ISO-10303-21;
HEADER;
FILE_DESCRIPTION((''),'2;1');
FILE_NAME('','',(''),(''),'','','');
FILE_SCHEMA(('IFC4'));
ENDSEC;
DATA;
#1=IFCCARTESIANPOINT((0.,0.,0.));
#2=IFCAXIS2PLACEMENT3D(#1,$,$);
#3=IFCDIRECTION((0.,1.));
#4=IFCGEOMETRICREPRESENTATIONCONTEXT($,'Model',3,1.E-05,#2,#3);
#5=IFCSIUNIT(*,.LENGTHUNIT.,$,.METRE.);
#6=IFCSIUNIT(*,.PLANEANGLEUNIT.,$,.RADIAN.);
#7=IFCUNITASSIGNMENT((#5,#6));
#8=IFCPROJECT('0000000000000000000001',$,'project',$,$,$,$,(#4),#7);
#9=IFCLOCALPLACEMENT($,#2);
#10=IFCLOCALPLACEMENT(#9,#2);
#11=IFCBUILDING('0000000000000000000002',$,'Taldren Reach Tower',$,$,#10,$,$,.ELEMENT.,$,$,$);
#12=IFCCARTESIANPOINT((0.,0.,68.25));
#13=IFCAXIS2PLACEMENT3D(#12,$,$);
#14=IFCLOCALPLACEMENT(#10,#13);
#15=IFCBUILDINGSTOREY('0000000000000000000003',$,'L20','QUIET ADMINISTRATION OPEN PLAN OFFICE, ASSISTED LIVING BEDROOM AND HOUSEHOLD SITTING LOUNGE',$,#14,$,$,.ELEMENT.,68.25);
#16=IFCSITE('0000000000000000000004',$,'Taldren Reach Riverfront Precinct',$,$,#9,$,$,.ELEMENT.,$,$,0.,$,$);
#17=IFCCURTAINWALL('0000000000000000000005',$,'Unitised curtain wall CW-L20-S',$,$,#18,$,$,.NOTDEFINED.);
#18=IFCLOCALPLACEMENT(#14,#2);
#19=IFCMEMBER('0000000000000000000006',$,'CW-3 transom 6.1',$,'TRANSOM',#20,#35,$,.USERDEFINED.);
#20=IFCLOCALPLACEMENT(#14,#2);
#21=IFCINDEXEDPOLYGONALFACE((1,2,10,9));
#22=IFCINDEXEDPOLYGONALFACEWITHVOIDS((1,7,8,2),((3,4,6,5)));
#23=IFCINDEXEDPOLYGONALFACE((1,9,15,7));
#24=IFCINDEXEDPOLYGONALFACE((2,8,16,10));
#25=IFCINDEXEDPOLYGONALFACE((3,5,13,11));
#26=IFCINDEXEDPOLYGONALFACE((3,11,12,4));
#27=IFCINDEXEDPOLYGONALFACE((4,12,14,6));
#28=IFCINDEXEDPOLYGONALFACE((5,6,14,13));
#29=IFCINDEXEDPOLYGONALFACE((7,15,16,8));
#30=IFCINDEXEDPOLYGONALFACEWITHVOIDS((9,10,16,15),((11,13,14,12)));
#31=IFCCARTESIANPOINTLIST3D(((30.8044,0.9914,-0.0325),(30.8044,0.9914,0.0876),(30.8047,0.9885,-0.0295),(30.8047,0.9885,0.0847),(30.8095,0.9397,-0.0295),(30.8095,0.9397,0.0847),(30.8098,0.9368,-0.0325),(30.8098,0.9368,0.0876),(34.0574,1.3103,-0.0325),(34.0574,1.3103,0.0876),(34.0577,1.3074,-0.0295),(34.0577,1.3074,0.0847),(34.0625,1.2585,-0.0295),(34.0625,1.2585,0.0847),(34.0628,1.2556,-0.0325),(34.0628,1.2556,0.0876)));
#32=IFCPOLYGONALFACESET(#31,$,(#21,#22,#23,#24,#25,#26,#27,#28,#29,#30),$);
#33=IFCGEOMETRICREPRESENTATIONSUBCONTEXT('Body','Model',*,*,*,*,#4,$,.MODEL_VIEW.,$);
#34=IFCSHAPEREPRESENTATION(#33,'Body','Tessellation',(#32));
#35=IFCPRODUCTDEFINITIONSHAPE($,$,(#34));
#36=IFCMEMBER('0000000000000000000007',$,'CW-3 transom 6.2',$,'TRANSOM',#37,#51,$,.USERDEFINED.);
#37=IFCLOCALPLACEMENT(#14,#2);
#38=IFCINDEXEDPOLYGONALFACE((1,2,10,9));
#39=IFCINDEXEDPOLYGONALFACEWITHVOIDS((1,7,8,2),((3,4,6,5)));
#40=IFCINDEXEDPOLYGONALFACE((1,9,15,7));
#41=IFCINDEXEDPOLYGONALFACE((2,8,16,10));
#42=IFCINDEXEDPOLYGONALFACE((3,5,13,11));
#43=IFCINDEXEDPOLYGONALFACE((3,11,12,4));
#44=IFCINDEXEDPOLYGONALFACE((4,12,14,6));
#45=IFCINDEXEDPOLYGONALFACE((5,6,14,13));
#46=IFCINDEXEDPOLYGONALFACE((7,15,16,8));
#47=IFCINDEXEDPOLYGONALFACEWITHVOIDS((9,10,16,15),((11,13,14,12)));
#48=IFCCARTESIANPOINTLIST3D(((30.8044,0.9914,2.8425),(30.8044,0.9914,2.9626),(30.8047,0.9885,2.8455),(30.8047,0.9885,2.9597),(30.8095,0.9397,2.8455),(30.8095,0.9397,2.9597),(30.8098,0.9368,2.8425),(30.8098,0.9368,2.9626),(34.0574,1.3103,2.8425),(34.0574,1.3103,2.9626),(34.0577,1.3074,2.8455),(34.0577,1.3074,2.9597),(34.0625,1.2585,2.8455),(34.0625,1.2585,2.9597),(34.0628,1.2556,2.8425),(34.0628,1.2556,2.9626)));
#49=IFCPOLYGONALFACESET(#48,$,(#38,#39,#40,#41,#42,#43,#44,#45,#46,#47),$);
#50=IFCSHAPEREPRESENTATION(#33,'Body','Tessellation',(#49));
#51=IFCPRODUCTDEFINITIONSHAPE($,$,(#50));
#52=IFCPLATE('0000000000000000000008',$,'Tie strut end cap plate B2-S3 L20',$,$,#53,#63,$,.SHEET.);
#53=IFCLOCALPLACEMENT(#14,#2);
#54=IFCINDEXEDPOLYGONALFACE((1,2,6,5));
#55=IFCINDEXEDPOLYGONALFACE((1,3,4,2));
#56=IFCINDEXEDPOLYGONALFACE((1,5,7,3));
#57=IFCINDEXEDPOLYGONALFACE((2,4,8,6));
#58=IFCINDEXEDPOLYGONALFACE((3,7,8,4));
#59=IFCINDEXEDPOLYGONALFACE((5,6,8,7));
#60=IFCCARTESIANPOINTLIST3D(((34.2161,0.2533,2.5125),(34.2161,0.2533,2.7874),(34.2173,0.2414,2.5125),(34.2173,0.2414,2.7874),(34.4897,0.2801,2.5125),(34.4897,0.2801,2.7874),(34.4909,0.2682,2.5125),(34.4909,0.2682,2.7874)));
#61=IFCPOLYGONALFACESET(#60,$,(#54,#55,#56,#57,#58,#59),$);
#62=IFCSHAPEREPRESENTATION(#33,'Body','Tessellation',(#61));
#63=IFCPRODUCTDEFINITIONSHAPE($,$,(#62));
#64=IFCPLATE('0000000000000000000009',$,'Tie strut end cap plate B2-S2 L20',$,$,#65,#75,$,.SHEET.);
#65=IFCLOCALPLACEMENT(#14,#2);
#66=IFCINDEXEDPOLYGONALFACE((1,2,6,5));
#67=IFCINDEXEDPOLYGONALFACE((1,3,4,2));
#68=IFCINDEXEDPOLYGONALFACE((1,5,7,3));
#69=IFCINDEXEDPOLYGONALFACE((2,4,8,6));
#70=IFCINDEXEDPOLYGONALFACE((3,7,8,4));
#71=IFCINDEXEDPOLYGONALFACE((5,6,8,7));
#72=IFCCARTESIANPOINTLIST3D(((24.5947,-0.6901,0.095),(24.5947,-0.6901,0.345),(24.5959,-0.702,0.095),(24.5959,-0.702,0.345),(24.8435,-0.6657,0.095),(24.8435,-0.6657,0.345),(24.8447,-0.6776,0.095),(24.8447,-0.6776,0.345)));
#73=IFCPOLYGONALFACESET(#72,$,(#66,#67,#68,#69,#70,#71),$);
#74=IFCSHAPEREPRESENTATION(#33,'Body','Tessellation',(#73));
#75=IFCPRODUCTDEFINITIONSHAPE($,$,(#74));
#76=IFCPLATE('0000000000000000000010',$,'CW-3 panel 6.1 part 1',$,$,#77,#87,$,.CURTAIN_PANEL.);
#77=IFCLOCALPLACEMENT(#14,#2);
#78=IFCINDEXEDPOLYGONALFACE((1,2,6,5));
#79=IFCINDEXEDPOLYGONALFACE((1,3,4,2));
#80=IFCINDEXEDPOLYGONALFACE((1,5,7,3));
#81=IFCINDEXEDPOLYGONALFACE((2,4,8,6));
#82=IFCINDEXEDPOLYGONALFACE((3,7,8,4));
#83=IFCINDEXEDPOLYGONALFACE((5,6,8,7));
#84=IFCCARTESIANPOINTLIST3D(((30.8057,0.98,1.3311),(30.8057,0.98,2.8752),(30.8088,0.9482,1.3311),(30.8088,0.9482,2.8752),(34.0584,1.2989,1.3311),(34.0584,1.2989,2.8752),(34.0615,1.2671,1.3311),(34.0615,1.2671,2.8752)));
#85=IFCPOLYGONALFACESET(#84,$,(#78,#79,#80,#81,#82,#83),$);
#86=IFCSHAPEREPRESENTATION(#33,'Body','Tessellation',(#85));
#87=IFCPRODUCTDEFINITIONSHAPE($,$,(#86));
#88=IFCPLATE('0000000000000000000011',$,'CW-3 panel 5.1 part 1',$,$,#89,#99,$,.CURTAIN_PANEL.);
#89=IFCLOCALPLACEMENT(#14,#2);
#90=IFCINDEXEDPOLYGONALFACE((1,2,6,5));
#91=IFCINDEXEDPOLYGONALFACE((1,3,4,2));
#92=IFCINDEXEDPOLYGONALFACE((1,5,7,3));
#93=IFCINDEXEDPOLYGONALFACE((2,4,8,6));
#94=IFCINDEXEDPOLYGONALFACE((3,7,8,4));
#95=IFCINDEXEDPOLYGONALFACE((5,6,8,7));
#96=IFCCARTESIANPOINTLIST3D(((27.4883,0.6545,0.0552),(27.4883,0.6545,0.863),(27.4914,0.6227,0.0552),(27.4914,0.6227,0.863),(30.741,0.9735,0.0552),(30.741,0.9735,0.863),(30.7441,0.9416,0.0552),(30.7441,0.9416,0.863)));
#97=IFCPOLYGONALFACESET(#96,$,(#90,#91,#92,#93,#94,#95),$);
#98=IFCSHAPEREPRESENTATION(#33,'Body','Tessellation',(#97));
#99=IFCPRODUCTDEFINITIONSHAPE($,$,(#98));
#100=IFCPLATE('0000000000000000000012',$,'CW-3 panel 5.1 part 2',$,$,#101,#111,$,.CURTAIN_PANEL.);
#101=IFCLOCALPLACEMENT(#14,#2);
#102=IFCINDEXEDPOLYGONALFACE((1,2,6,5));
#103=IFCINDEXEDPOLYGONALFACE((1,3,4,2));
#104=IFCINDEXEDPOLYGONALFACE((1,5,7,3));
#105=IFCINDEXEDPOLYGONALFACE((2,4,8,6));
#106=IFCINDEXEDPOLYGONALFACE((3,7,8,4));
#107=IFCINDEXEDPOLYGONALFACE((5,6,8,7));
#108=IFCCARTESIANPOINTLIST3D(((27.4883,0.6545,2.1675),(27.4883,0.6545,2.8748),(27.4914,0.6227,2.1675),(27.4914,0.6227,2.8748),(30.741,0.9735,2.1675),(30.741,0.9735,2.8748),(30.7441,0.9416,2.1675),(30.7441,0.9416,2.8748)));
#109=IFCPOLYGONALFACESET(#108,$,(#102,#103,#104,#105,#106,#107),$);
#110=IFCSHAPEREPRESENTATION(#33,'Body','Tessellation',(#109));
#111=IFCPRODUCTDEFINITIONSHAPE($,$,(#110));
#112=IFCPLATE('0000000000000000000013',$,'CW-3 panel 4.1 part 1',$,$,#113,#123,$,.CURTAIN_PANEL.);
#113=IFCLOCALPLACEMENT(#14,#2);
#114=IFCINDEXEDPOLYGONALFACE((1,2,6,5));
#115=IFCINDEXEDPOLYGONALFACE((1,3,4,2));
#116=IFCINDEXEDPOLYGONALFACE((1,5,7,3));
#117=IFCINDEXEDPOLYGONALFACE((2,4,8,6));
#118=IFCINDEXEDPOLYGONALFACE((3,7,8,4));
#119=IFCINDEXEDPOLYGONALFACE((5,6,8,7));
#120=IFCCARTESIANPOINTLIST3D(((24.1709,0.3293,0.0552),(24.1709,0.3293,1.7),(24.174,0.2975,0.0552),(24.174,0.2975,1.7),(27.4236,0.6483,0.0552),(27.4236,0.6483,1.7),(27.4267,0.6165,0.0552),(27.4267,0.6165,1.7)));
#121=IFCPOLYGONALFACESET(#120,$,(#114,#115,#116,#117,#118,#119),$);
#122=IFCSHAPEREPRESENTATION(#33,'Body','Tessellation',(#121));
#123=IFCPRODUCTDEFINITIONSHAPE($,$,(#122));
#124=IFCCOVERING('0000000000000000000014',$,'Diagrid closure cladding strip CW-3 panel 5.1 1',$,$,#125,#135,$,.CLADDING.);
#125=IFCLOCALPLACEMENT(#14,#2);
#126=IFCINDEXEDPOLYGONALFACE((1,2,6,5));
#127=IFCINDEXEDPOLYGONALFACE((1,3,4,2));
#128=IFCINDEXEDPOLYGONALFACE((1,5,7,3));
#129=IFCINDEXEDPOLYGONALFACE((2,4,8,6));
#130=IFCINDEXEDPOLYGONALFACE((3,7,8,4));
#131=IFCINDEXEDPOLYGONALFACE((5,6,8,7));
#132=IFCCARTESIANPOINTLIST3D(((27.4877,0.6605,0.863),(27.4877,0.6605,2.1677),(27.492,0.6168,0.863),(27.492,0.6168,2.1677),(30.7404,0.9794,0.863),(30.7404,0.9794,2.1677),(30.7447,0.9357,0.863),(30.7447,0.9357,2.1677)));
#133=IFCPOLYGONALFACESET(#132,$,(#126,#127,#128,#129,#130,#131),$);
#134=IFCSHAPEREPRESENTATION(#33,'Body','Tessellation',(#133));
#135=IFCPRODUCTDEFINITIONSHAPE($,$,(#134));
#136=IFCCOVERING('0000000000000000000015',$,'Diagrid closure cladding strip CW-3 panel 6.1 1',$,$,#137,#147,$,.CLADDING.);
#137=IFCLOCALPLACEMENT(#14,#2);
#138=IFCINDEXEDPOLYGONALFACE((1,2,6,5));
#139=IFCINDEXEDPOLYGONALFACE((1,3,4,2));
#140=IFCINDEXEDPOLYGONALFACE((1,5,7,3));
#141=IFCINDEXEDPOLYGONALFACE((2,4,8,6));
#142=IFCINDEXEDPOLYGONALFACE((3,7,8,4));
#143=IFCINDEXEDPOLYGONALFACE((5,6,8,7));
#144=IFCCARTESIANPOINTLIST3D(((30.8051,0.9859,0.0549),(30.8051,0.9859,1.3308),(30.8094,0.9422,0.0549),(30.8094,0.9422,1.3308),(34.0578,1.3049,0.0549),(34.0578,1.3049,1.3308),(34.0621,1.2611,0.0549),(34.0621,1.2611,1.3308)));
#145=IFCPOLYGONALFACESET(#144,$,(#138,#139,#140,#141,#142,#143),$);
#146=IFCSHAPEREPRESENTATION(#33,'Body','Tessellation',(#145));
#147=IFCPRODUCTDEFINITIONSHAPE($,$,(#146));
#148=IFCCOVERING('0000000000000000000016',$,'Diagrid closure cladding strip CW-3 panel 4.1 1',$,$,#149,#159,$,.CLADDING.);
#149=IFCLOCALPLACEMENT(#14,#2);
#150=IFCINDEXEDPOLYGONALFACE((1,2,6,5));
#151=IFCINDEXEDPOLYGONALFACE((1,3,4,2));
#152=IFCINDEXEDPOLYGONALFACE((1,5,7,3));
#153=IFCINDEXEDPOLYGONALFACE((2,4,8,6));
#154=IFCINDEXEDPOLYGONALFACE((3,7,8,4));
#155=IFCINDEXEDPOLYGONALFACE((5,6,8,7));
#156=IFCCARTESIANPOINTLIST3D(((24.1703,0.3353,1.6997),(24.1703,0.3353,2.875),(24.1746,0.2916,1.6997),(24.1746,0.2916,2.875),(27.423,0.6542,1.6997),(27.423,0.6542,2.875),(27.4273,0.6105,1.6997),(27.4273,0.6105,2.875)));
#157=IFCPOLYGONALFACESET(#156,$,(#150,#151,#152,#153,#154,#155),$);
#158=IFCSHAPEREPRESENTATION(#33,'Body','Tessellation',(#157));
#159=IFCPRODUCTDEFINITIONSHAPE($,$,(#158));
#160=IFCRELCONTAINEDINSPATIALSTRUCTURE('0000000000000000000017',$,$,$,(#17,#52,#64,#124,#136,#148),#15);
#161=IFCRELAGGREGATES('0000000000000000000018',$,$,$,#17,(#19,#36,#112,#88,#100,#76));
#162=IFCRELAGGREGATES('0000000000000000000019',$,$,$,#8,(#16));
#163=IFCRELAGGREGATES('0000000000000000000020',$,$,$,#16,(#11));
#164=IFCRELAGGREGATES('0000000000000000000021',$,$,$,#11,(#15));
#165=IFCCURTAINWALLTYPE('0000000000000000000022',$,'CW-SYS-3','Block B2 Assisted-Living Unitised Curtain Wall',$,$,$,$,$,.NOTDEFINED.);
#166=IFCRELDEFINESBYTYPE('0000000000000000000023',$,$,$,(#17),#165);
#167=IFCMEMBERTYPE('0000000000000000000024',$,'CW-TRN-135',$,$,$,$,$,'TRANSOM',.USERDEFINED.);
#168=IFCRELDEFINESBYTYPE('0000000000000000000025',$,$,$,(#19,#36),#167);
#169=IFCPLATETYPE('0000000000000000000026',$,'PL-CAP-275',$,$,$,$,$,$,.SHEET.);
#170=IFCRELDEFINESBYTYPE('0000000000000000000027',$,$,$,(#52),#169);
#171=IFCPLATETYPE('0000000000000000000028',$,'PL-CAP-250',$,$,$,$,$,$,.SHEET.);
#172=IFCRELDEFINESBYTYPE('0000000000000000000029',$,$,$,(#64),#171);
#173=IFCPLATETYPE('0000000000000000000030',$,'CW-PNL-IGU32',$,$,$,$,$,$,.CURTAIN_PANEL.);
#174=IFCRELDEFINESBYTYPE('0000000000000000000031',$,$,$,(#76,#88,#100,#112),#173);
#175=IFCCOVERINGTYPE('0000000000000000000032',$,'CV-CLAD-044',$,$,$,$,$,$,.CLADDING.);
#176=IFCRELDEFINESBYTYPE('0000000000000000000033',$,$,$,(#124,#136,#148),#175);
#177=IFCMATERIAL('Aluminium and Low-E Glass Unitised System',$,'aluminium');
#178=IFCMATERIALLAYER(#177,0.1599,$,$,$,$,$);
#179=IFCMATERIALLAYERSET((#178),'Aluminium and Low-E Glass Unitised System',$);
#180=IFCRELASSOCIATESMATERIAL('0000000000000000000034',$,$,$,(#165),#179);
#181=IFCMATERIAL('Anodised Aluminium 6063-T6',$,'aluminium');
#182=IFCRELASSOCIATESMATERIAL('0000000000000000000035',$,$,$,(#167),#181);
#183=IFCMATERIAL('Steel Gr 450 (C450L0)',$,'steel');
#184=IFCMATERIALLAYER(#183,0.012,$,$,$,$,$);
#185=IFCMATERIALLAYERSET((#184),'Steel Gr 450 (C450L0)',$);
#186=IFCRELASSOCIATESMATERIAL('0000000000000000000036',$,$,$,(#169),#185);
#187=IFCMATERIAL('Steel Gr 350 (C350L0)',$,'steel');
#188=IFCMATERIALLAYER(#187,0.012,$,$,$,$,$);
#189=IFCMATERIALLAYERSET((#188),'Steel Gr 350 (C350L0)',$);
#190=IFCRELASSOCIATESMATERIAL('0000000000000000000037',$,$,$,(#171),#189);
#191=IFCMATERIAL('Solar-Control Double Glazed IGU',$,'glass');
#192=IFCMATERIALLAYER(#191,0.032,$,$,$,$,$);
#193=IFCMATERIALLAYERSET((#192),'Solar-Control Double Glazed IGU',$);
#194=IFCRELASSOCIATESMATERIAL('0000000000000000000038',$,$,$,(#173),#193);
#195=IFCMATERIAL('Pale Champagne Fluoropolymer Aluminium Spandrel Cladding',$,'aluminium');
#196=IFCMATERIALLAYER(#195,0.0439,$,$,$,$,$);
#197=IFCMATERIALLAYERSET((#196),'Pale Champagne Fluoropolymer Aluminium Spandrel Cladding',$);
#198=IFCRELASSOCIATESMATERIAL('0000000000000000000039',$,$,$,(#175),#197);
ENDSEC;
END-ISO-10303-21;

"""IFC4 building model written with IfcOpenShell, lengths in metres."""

from ifc_helpers import new_model, si_unit, direction, frame, origin, origin_2d, place, context, subcontext, project, spatial, rectangle, hollow_rectangle, extrude, source, transform, mapped, material, layer, layer_set, material_profile, profile_set, type_object, element, aggregate, save


model = new_model("IFC4")

# Units and contexts
model_context = context("Model", 3, precision=1e-05, world=origin(), true_north=direction((0.0, 1.0)))
body_context = subcontext(model_context, "Body", "Model", "MODEL_VIEW")
ifc_project = project(units=[si_unit("LENGTHUNIT", "METRE"), si_unit("PLANEANGLEUNIT", "RADIAN")], contexts=[model_context])

# Site, building, storey
site_placement = place(None, origin())
site = spatial("IfcSite", under=ifc_project, at=site_placement, Name="Taldren Reach Riverfront Precinct", CompositionType="ELEMENT", RefElevation=0.0)
building_placement = place(site_placement, origin())
building = spatial("IfcBuilding", under=site, at=building_placement, Name="Taldren Reach Tower", CompositionType="ELEMENT")
storey_placement = place(building_placement, frame((0.0, 0.0, 68.25)))
storey = spatial("IfcBuildingStorey", under=building, at=storey_placement, Name="L20", Description="QUIET ADMINISTRATION OPEN PLAN OFFICE, ASSISTED LIVING BEDROOM AND HOUSEHOLD SITTING LOUNGE", CompositionType="ELEMENT", Elevation=68.25)

# Shared definitions
ifc_material_1 = material(Name="Steel Gr 450 (C450L0)", Category="steel")
ifc_material_2 = material(Name="Steel Gr 350 (C350L0)", Category="steel")

# Curtain wall, members
ifc_material_3 = material(Name="Aluminium and Low-E Glass Unitised System", Category="aluminium")
ifc_layer_1 = layer(ifc_material_3, 0.1599)
ifc_layer_set_1 = layer_set([ifc_layer_1], Name="Aluminium and Low-E Glass Unitised System")
curtain_wall_type = type_object("IfcCurtainWallType", Name="CW-SYS-3", Description="Block B2 Assisted-Living Unitised Curtain Wall", PredefinedType="NOTDEFINED", material=ifc_layer_set_1)
curtain_wall_placement = place(storey_placement, origin())
curtain_wall = element("IfcCurtainWall", 1, at=curtain_wall_placement, inside=storey, type_object=curtain_wall_type, Name="Unitised curtain wall CW-L20-S", PredefinedType="NOTDEFINED")
ifc_material_4 = material(Name="Anodised Aluminium 6063-T6", Category="aluminium")
ifc_material_profile_1 = material_profile(ifc_material_4, hollow_rectangle(XDim=0.0549, YDim=0.1201, WallThickness=0.0029, at=origin_2d()), Name="ALU-120x55x3RHS")
ifc_profile_set_1 = profile_set([ifc_material_profile_1], Name="Anodised Aluminium 6063-T6")
member_type_1 = type_object("IfcMemberType", Name="CW-TRN-135", ElementType="TRANSOM", PredefinedType="USERDEFINED", material=ifc_profile_set_1)
shared_shape_1 = source(origin(), body_context, "Body", "SweptSolid", [
    extrude(hollow_rectangle(XDim=0.0549, YDim=0.1201, WallThickness=0.0029, at=origin_2d()), origin(), (0.0, 0.0, 1.0), 3.2686),
])
member_1_placement = place(storey_placement, frame((30.8071, 0.9641, 0.0276), z_axis=(0.995231, 0.097551, 0.0), x_axis=(-0.097551, 0.995231, 0.0)))
member_1 = element("IfcMember", 2, at=member_1_placement, type_object=member_type_1, Name="CW-3 transom 6.1", ObjectType="TRANSOM", PredefinedType="USERDEFINED", context=body_context, shape_type="MappedRepresentation", body=[
    mapped(shared_shape_1, transform((0.0, 0.0, 0.0), scale=1.0)),
])
member_2_placement = place(storey_placement, frame((30.8071, 0.9641, 2.9026), z_axis=(0.995231, 0.097551, 0.0), x_axis=(-0.097551, 0.995231, 0.0)))
member_2 = element("IfcMember", 3, at=member_2_placement, type_object=member_type_1, Name="CW-3 transom 6.2", ObjectType="TRANSOM", PredefinedType="USERDEFINED", context=body_context, shape_type="MappedRepresentation", body=[
    mapped(shared_shape_1, transform((0.0, 0.0, 0.0), scale=1.0)),
])

# Plates
ifc_layer_2 = layer(ifc_material_1, 0.012)
ifc_layer_set_2 = layer_set([ifc_layer_2], Name="Steel Gr 450 (C450L0)")
plate_type_1 = type_object("IfcPlateType", Name="PL-CAP-275", PredefinedType="SHEET", material=ifc_layer_set_2)
shared_shape_2 = source(origin(), body_context, "Body", "SweptSolid", [
    extrude(rectangle(XDim=0.2749, YDim=0.012, at=origin_2d()), origin(), (0.0, 0.0, 1.0), 0.2749),
])
plate_1_placement = place(storey_placement, frame((34.3535, 0.2607, 2.5125), z_axis=(0.0, 0.0, 1.0), x_axis=(0.995227, 0.097583, 0.0)))
element("IfcPlate", 4, at=plate_1_placement, inside=storey, type_object=plate_type_1, Name="Tie strut end cap plate B2-S3 L20", PredefinedType="SHEET", context=body_context, shape_type="MappedRepresentation", body=[
    mapped(shared_shape_2, transform((0.0, 0.0, 0.0), scale=1.0)),
])
ifc_layer_3 = layer(ifc_material_2, 0.012)
ifc_layer_set_3 = layer_set([ifc_layer_3], Name="Steel Gr 350 (C350L0)")
plate_type_2 = type_object("IfcPlateType", Name="PL-CAP-250", PredefinedType="SHEET", material=ifc_layer_set_3)
shared_shape_3 = source(origin(), body_context, "Body", "SweptSolid", [
    extrude(rectangle(XDim=0.25, YDim=0.012, at=origin_2d()), origin(), (0.0, 0.0, 1.0), 0.25),
])
plate_2_placement = place(storey_placement, frame((24.7197, -0.6838, 0.095), z_axis=(0.0, 0.0, 1.0), x_axis=(0.995227, 0.097583, 0.0)))
element("IfcPlate", 5, at=plate_2_placement, inside=storey, type_object=plate_type_2, Name="Tie strut end cap plate B2-S2 L20", PredefinedType="SHEET", context=body_context, shape_type="MappedRepresentation", body=[
    mapped(shared_shape_3, transform((0.0, 0.0, 0.0), scale=1.0)),
])

# Plates
ifc_material_5 = material(Name="Solar-Control Double Glazed IGU", Category="glass")
ifc_layer_4 = layer(ifc_material_5, 0.032)
ifc_layer_set_4 = layer_set([ifc_layer_4], Name="Solar-Control Double Glazed IGU")
plate_type_3 = type_object("IfcPlateType", Name="CW-PNL-IGU32", PredefinedType="CURTAIN_PANEL", material=ifc_layer_set_4)
shared_shape_4 = source(origin(), body_context, "Body", "SweptSolid", [
    extrude(rectangle(XDim=3.2683, YDim=0.032, at=origin_2d()), origin(), (0.0, 0.0, 1.0), 1.5442),
])
plate_3_placement = place(storey_placement, frame((32.4336, 1.1235, 1.3311), z_axis=(0.0, 0.0, 1.0), x_axis=(0.995227, 0.097583, 0.0)))
plate_3 = element("IfcPlate", 6, at=plate_3_placement, type_object=plate_type_3, Name="CW-3 panel 6.1 part 1", PredefinedType="CURTAIN_PANEL", context=body_context, shape_type="MappedRepresentation", body=[
    mapped(shared_shape_4, transform((0.0, 0.0, 0.0), scale=1.0)),
])
shared_shape_5 = source(origin(), body_context, "Body", "SweptSolid", [
    extrude(rectangle(XDim=3.2683, YDim=0.032, at=origin_2d()), origin(), (0.0, 0.0, 1.0), 0.8079),
])
plate_4_placement = place(storey_placement, frame((29.1162, 0.7981, 0.0552), z_axis=(0.0, 0.0, 1.0), x_axis=(0.995227, 0.097583, 0.0)))
plate_4 = element("IfcPlate", 7, at=plate_4_placement, type_object=plate_type_3, Name="CW-3 panel 5.1 part 1", PredefinedType="CURTAIN_PANEL", context=body_context, shape_type="MappedRepresentation", body=[
    mapped(shared_shape_5, transform((0.0, 0.0, 0.0), scale=1.0)),
])
shared_shape_6 = source(origin(), body_context, "Body", "SweptSolid", [
    extrude(rectangle(XDim=3.2683, YDim=0.032, at=origin_2d()), origin(), (0.0, 0.0, 1.0), 0.7073),
])
plate_5_placement = place(storey_placement, frame((29.1162, 0.7981, 2.1675), z_axis=(0.0, 0.0, 1.0), x_axis=(0.995227, 0.097583, 0.0)))
plate_5 = element("IfcPlate", 8, at=plate_5_placement, type_object=plate_type_3, Name="CW-3 panel 5.1 part 2", PredefinedType="CURTAIN_PANEL", context=body_context, shape_type="MappedRepresentation", body=[
    mapped(shared_shape_6, transform((0.0, 0.0, 0.0), scale=1.0)),
])
shared_shape_7 = source(origin(), body_context, "Body", "SweptSolid", [
    extrude(rectangle(XDim=3.2683, YDim=0.032, at=origin_2d()), origin(), (0.0, 0.0, 1.0), 1.6448),
])
plate_6_placement = place(storey_placement, frame((25.7988, 0.4729, 0.0552), z_axis=(0.0, 0.0, 1.0), x_axis=(0.995227, 0.097583, 0.0)))
plate_6 = element("IfcPlate", 9, at=plate_6_placement, type_object=plate_type_3, Name="CW-3 panel 4.1 part 1", PredefinedType="CURTAIN_PANEL", context=body_context, shape_type="MappedRepresentation", body=[
    mapped(shared_shape_7, transform((0.0, 0.0, 0.0), scale=1.0)),
])
aggregate(curtain_wall, [member_1, member_2, plate_6, plate_4, plate_5, plate_3])

# Coverings
ifc_material_6 = material(Name="Pale Champagne Fluoropolymer Aluminium Spandrel Cladding", Category="aluminium")
ifc_layer_5 = layer(ifc_material_6, 0.0439)
ifc_layer_set_5 = layer_set([ifc_layer_5], Name="Pale Champagne Fluoropolymer Aluminium Spandrel Cladding")
covering_type = type_object("IfcCoveringType", Name="CV-CLAD-044", PredefinedType="CLADDING", material=ifc_layer_set_5)
shared_shape_8 = source(origin(), body_context, "Body", "SweptSolid", [
    extrude(rectangle(XDim=3.2683, YDim=0.0439, at=origin_2d()), origin(), (0.0, 0.0, 1.0), 1.3047),
])
covering_1_placement = place(storey_placement, frame((29.1162, 0.7981, 0.863), z_axis=(0.0, 0.0, 1.0), x_axis=(0.995227, 0.097583, 0.0)))
element("IfcCovering", 10, at=covering_1_placement, inside=storey, type_object=covering_type, Name="Diagrid closure cladding strip CW-3 panel 5.1 1", PredefinedType="CLADDING", context=body_context, shape_type="MappedRepresentation", body=[
    mapped(shared_shape_8, transform((0.0, 0.0, 0.0), scale=1.0)),
])
shared_shape_9 = source(origin(), body_context, "Body", "SweptSolid", [
    extrude(rectangle(XDim=3.2683, YDim=0.0439, at=origin_2d()), origin(), (0.0, 0.0, 1.0), 1.2759),
])
covering_2_placement = place(storey_placement, frame((32.4336, 1.1235, 0.0549), z_axis=(0.0, 0.0, 1.0), x_axis=(0.995227, 0.097583, 0.0)))
element("IfcCovering", 11, at=covering_2_placement, inside=storey, type_object=covering_type, Name="Diagrid closure cladding strip CW-3 panel 6.1 1", PredefinedType="CLADDING", context=body_context, shape_type="MappedRepresentation", body=[
    mapped(shared_shape_9, transform((0.0, 0.0, 0.0), scale=1.0)),
])
shared_shape_10 = source(origin(), body_context, "Body", "SweptSolid", [
    extrude(rectangle(XDim=3.2683, YDim=0.0439, at=origin_2d()), origin(), (0.0, 0.0, 1.0), 1.1753),
])
covering_3_placement = place(storey_placement, frame((25.7988, 0.4729, 1.6997), z_axis=(0.0, 0.0, 1.0), x_axis=(0.995227, 0.097583, 0.0)))
element("IfcCovering", 12, at=covering_3_placement, inside=storey, type_object=covering_type, Name="Diagrid closure cladding strip CW-3 panel 4.1 1", PredefinedType="CLADDING", context=body_context, shape_type="MappedRepresentation", body=[
    mapped(shared_shape_10, transform((0.0, 0.0, 0.0), scale=1.0)),
])

save(model, "model.ifc")
